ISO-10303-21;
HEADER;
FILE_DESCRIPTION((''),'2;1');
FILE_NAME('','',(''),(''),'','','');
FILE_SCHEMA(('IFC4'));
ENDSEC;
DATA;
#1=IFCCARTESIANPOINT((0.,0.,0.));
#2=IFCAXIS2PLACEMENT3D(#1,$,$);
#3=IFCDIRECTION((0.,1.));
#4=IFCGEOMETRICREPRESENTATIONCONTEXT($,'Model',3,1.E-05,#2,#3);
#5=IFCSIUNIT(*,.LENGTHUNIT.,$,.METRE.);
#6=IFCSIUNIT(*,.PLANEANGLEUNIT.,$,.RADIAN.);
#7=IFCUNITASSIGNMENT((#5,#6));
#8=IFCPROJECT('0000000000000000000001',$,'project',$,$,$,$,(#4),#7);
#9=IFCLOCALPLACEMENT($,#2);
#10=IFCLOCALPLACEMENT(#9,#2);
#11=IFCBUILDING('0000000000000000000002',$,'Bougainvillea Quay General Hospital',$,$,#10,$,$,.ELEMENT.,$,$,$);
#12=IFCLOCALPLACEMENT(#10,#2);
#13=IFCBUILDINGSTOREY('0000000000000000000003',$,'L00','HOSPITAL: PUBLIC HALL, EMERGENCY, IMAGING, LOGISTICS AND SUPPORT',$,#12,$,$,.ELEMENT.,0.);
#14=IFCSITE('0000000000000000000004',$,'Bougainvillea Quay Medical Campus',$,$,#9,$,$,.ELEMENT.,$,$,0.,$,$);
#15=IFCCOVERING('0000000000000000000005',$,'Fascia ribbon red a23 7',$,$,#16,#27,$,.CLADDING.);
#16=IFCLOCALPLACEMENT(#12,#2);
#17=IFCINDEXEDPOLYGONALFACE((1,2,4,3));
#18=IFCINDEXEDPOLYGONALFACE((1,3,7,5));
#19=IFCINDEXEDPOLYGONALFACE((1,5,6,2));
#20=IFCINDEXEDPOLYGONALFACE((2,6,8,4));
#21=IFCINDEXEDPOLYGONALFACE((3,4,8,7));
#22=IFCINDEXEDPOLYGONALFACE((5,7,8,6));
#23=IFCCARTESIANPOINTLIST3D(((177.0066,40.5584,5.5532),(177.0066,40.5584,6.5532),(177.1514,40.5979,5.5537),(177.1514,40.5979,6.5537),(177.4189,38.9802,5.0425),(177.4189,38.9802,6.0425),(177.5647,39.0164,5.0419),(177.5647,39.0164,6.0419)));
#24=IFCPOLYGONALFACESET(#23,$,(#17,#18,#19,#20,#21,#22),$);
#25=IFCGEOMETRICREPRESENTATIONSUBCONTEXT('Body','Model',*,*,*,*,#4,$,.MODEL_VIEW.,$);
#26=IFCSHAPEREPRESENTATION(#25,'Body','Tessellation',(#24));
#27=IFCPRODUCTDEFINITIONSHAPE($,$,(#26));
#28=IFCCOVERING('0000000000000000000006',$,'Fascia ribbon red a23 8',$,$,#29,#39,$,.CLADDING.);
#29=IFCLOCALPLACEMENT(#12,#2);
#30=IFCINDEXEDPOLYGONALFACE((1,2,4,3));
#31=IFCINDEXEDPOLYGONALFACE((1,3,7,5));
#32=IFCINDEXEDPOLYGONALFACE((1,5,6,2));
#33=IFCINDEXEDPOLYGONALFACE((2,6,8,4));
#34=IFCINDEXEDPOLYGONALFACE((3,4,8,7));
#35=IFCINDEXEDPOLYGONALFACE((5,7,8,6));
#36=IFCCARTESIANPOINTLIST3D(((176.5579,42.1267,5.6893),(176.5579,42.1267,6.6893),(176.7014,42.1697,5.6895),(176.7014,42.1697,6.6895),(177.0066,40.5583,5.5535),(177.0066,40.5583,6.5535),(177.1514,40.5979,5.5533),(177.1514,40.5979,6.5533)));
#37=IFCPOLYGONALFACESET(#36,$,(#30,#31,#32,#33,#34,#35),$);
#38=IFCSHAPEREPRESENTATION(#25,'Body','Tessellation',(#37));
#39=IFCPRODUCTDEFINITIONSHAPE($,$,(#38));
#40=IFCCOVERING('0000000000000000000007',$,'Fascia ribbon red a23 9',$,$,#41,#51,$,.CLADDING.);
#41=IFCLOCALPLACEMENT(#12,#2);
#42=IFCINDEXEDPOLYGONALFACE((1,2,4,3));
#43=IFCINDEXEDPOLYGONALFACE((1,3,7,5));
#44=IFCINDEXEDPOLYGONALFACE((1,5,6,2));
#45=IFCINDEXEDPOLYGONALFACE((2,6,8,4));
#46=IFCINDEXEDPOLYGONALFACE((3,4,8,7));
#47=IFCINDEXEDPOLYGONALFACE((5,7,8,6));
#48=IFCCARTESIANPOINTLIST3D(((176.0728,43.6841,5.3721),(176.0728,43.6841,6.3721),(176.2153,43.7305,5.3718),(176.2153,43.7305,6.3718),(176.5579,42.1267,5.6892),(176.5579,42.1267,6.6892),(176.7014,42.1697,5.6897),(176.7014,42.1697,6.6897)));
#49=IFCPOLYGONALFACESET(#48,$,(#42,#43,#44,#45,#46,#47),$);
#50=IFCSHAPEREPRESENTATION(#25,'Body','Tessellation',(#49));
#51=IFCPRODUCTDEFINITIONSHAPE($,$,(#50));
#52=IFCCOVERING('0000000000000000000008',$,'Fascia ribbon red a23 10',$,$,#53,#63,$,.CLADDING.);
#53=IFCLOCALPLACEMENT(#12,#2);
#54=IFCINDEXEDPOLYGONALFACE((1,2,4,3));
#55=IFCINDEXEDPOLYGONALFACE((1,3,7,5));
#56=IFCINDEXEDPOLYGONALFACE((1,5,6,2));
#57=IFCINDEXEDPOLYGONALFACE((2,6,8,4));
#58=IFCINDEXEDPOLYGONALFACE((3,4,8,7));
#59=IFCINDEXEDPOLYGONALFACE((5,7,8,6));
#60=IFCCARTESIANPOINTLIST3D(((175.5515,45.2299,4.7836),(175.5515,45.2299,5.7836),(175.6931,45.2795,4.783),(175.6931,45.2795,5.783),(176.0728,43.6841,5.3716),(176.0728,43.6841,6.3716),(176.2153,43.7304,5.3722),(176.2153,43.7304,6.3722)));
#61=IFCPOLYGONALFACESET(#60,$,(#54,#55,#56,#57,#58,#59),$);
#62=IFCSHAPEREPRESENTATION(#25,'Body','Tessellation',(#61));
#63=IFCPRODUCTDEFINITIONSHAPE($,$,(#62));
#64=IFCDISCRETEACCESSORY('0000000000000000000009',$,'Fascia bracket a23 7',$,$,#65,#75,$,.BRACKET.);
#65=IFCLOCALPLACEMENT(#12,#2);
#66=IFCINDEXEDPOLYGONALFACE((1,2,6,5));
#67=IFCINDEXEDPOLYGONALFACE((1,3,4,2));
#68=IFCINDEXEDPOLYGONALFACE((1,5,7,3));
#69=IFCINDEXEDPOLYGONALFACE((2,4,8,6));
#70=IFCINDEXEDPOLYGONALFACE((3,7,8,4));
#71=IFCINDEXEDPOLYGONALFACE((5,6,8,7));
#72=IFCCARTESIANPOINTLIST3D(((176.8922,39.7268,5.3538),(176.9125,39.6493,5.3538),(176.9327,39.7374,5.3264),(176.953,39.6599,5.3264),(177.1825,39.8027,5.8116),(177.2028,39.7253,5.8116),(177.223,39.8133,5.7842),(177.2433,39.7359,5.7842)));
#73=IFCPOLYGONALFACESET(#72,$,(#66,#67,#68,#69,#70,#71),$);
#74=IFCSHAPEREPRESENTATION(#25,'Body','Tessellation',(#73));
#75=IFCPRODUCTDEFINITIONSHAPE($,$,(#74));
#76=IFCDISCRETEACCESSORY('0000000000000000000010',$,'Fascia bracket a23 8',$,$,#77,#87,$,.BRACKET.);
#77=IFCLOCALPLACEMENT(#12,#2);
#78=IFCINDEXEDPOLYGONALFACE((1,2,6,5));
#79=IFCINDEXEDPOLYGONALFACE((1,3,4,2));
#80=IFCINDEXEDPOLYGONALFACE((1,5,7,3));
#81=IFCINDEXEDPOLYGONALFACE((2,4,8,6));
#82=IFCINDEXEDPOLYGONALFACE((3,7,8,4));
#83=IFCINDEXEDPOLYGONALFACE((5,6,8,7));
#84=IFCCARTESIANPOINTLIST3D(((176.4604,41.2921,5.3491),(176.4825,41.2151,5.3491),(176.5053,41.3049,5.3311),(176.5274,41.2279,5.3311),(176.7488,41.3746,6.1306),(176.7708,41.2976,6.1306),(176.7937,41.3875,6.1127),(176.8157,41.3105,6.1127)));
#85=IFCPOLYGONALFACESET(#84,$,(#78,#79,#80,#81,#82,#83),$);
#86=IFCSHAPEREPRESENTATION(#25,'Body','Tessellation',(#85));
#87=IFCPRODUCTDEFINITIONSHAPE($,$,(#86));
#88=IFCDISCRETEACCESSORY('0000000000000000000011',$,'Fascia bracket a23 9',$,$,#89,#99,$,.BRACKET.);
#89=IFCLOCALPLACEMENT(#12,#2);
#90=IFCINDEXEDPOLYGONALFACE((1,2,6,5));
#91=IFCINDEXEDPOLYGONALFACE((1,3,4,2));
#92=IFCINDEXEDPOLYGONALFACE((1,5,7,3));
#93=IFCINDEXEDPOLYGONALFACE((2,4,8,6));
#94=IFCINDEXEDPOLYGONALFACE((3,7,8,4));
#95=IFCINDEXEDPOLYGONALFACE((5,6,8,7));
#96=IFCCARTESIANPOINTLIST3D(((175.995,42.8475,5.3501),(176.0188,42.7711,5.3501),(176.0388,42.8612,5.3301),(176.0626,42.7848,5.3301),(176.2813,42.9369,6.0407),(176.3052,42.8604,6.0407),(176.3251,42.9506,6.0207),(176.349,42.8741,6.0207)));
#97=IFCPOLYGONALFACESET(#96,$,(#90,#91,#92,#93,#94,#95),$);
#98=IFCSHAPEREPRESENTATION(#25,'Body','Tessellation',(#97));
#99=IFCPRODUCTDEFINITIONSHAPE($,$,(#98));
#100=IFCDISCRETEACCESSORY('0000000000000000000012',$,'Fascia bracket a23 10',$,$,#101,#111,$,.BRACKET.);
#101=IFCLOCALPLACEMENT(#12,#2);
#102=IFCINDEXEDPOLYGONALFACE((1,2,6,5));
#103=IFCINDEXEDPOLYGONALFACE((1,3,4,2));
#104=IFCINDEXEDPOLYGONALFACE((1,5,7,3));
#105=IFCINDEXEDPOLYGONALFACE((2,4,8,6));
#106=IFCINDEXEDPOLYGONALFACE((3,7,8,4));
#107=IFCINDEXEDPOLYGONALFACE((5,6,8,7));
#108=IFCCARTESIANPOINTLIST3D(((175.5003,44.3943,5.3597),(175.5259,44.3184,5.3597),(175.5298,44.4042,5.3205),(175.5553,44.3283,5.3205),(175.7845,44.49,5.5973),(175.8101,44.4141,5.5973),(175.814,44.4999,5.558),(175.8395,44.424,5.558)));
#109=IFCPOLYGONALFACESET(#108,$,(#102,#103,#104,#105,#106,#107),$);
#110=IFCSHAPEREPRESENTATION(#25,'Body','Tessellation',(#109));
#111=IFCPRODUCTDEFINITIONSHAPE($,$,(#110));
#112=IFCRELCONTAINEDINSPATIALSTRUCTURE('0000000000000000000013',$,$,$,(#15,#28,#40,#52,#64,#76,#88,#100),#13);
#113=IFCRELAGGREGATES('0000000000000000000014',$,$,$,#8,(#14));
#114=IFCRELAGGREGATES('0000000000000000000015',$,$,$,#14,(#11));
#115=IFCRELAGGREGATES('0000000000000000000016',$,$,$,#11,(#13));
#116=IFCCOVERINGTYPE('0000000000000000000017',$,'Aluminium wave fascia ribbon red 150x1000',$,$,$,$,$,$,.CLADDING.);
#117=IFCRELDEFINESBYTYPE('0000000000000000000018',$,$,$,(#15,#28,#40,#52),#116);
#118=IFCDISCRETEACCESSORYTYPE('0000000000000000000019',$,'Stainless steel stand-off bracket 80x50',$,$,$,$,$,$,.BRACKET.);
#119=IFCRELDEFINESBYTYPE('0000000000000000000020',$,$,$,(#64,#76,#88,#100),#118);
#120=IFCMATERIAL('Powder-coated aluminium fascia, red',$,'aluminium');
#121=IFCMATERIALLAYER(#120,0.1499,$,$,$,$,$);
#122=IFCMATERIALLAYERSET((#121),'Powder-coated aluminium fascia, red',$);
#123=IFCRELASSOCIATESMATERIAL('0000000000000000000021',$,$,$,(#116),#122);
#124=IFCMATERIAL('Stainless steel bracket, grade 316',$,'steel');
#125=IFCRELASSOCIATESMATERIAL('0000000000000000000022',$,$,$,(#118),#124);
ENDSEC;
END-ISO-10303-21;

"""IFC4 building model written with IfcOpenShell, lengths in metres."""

from ifc_helpers import new_model, si_unit, direction, frame, origin, origin_2d, place, context, subcontext, project, spatial, polyline, rectangle, outline, extrude, material, layer, layer_set, material_profile, profile_set, type_object, element, save


model = new_model("IFC4")

# Units and contexts
model_context = context("Model", 3, precision=1e-05, world=origin(), true_north=direction((0.0, 1.0)))
body_context = subcontext(model_context, "Body", "Model", "MODEL_VIEW")
ifc_project = project(units=[si_unit("LENGTHUNIT", "METRE"), si_unit("PLANEANGLEUNIT", "RADIAN")], contexts=[model_context])

# Site, building, storey
site_placement = place(None, origin())
site = spatial("IfcSite", under=ifc_project, at=site_placement, Name="Bougainvillea Quay Medical Campus", CompositionType="ELEMENT", RefElevation=0.0)
building_placement = place(site_placement, origin())
building = spatial("IfcBuilding", under=site, at=building_placement, Name="Bougainvillea Quay General Hospital", CompositionType="ELEMENT")
storey_placement = place(building_placement, origin())
storey = spatial("IfcBuildingStorey", under=building, at=storey_placement, Name="L00", Description="HOSPITAL: PUBLIC HALL, EMERGENCY, IMAGING, LOGISTICS AND SUPPORT", CompositionType="ELEMENT", Elevation=0.0)

# Coverings
ifc_material_1 = material(Name="Powder-coated aluminium fascia, red", Category="aluminium")
ifc_layer_1 = layer(ifc_material_1, 0.1499)
ifc_layer_set_1 = layer_set([ifc_layer_1], Name="Powder-coated aluminium fascia, red")
covering_type = type_object("IfcCoveringType", Name="Aluminium wave fascia ribbon red 150x1000", PredefinedType="CLADDING", material=ifc_layer_set_1)
covering_1_placement = place(storey_placement, frame((177.4189, 38.9802, 5.0425), z_axis=(0.07532, -0.289133, 0.954321), x_axis=(-0.241258, 0.923322, 0.298783)))
element("IfcCovering", 1, at=covering_1_placement, inside=storey, type_object=covering_type, Name="Fascia ribbon red a23 7", PredefinedType="CLADDING", context=body_context, shape_type="SweptSolid", body=[
    extrude(outline(polyline([(0.0, 0.0), (1.7092, 0.0), (1.7109, -0.1501), (-0.0019, -0.1502), (0.0, 0.0)])), origin(), (0.298783, -0.000211, 0.954321), 1.0),
])
covering_2_placement = place(storey_placement, frame((177.0066, 40.5583, 5.5535), z_axis=(0.022832, -0.079779, 0.996551), x_axis=(-0.274128, 0.958106, 0.082982)))
element("IfcCovering", 2, at=covering_2_placement, inside=storey, type_object=covering_type, Name="Fascia ribbon red a23 8", PredefinedType="CLADDING", context=body_context, shape_type="SweptSolid", body=[
    extrude(outline(polyline([(0.0, 0.0), (1.6369, 0.0), (1.6388, -0.1498), (-0.0018, -0.1501), (0.0, 0.0)])), origin(), (0.082982, 0.000006, 0.996551), 1.0),
])
covering_3_placement = place(storey_placement, frame((176.5579, 42.1267, 5.6892), z_axis=(-0.057657, 0.181947, 0.981617), x_axis=(-0.29193, 0.937203, -0.190862)))
element("IfcCovering", 3, at=covering_3_placement, inside=storey, type_object=covering_type, Name="Fascia ribbon red a23 9", PredefinedType="CLADDING", context=body_context, shape_type="SweptSolid", body=[
    extrude(outline(polyline([(0.0, 0.0), (1.6617, 0.0), (1.6636, -0.1499), (-0.0017, -0.1498), (0.0, 0.0)])), origin(), (-0.190862, -0.000921, 0.981617), 1.0),
])
covering_4_placement = place(storey_placement, frame((176.0728, 43.6841, 5.3716), z_axis=(-0.10847, 0.321269, 0.940755), x_axis=(-0.300574, 0.891446, -0.339086)))
element("IfcCovering", 4, at=covering_4_placement, inside=storey, type_object=covering_type, Name="Fascia ribbon red a23 10", PredefinedType="CLADDING", context=body_context, shape_type="SweptSolid", body=[
    extrude(outline(polyline([(0.0, 0.0), (1.7341, 0.0), (1.736, -0.15), (-0.0018, -0.1499), (0.0, 0.0)])), origin(), (-0.339086, -0.00013, 0.940755), 1.0),
])

# Discrete accessories
ifc_material_2 = material(Name="Stainless steel bracket, grade 316", Category="steel")
ifc_material_profile_1 = material_profile(ifc_material_2, rectangle(XDim=0.0801, YDim=0.05, at=origin_2d()))
ifc_profile_set_1 = profile_set([ifc_material_profile_1], Name="Stainless steel bracket, grade 316")
discrete_accessory_type = type_object("IfcDiscreteAccessoryType", Name="Stainless steel stand-off bracket 80x50", PredefinedType="BRACKET", material=ifc_profile_set_1)
discrete_accessory_1_placement = place(storey_placement, frame((176.9226, 39.6934, 5.3401), z_axis=(0.530356, 0.138722, 0.836348), x_axis=(-0.253051, 0.967453, 0.0)))
element("IfcDiscreteAccessory", 5, at=discrete_accessory_1_placement, inside=storey, type_object=discrete_accessory_type, Name="Fascia bracket a23 7", PredefinedType="BRACKET", context=body_context, shape_type="SweptSolid", body=[
    extrude(rectangle(XDim=0.0801, YDim=0.05, at=origin_2d()), origin(), (0.0, 0.0, 1.0), 0.5474),
])
discrete_accessory_2_placement = place(storey_placement, frame((176.4939, 41.26, 5.3401), z_axis=(0.344454, 0.098582, 0.933613), x_axis=(-0.275151, 0.961401, 0.0)))
element("IfcDiscreteAccessory", 6, at=discrete_accessory_2_placement, inside=storey, type_object=discrete_accessory_type, Name="Fascia bracket a23 8", PredefinedType="BRACKET", context=body_context, shape_type="SweptSolid", body=[
    extrude(rectangle(XDim=0.0801, YDim=0.05, at=origin_2d()), origin(), (0.0, 0.0, 1.0), 0.8372),
])
discrete_accessory_3_placement = place(storey_placement, frame((176.0288, 42.8162, 5.3401), z_axis=(0.380309, 0.118664, 0.917215), x_axis=(-0.297858, 0.95461, 0.0)))
element("IfcDiscreteAccessory", 7, at=discrete_accessory_3_placement, inside=storey, type_object=discrete_accessory_type, Name="Fascia bracket a23 9", PredefinedType="BRACKET", context=body_context, shape_type="SweptSolid", body=[
    extrude(rectangle(XDim=0.0801, YDim=0.05, at=origin_2d()), origin(), (0.0, 0.0, 1.0), 0.7529),
])
discrete_accessory_4_placement = place(storey_placement, frame((175.5278, 44.3613, 5.3401), z_axis=(0.742851, 0.25017, 0.620957), x_axis=(-0.319157, 0.947702, 0.0)))
element("IfcDiscreteAccessory", 8, at=discrete_accessory_4_placement, inside=storey, type_object=discrete_accessory_type, Name="Fascia bracket a23 10", PredefinedType="BRACKET", context=body_context, shape_type="SweptSolid", body=[
    extrude(rectangle(XDim=0.0801, YDim=0.05, at=origin_2d()), origin(), (0.0, 0.0, 1.0), 0.3826),
])

save(model, "model.ifc")
